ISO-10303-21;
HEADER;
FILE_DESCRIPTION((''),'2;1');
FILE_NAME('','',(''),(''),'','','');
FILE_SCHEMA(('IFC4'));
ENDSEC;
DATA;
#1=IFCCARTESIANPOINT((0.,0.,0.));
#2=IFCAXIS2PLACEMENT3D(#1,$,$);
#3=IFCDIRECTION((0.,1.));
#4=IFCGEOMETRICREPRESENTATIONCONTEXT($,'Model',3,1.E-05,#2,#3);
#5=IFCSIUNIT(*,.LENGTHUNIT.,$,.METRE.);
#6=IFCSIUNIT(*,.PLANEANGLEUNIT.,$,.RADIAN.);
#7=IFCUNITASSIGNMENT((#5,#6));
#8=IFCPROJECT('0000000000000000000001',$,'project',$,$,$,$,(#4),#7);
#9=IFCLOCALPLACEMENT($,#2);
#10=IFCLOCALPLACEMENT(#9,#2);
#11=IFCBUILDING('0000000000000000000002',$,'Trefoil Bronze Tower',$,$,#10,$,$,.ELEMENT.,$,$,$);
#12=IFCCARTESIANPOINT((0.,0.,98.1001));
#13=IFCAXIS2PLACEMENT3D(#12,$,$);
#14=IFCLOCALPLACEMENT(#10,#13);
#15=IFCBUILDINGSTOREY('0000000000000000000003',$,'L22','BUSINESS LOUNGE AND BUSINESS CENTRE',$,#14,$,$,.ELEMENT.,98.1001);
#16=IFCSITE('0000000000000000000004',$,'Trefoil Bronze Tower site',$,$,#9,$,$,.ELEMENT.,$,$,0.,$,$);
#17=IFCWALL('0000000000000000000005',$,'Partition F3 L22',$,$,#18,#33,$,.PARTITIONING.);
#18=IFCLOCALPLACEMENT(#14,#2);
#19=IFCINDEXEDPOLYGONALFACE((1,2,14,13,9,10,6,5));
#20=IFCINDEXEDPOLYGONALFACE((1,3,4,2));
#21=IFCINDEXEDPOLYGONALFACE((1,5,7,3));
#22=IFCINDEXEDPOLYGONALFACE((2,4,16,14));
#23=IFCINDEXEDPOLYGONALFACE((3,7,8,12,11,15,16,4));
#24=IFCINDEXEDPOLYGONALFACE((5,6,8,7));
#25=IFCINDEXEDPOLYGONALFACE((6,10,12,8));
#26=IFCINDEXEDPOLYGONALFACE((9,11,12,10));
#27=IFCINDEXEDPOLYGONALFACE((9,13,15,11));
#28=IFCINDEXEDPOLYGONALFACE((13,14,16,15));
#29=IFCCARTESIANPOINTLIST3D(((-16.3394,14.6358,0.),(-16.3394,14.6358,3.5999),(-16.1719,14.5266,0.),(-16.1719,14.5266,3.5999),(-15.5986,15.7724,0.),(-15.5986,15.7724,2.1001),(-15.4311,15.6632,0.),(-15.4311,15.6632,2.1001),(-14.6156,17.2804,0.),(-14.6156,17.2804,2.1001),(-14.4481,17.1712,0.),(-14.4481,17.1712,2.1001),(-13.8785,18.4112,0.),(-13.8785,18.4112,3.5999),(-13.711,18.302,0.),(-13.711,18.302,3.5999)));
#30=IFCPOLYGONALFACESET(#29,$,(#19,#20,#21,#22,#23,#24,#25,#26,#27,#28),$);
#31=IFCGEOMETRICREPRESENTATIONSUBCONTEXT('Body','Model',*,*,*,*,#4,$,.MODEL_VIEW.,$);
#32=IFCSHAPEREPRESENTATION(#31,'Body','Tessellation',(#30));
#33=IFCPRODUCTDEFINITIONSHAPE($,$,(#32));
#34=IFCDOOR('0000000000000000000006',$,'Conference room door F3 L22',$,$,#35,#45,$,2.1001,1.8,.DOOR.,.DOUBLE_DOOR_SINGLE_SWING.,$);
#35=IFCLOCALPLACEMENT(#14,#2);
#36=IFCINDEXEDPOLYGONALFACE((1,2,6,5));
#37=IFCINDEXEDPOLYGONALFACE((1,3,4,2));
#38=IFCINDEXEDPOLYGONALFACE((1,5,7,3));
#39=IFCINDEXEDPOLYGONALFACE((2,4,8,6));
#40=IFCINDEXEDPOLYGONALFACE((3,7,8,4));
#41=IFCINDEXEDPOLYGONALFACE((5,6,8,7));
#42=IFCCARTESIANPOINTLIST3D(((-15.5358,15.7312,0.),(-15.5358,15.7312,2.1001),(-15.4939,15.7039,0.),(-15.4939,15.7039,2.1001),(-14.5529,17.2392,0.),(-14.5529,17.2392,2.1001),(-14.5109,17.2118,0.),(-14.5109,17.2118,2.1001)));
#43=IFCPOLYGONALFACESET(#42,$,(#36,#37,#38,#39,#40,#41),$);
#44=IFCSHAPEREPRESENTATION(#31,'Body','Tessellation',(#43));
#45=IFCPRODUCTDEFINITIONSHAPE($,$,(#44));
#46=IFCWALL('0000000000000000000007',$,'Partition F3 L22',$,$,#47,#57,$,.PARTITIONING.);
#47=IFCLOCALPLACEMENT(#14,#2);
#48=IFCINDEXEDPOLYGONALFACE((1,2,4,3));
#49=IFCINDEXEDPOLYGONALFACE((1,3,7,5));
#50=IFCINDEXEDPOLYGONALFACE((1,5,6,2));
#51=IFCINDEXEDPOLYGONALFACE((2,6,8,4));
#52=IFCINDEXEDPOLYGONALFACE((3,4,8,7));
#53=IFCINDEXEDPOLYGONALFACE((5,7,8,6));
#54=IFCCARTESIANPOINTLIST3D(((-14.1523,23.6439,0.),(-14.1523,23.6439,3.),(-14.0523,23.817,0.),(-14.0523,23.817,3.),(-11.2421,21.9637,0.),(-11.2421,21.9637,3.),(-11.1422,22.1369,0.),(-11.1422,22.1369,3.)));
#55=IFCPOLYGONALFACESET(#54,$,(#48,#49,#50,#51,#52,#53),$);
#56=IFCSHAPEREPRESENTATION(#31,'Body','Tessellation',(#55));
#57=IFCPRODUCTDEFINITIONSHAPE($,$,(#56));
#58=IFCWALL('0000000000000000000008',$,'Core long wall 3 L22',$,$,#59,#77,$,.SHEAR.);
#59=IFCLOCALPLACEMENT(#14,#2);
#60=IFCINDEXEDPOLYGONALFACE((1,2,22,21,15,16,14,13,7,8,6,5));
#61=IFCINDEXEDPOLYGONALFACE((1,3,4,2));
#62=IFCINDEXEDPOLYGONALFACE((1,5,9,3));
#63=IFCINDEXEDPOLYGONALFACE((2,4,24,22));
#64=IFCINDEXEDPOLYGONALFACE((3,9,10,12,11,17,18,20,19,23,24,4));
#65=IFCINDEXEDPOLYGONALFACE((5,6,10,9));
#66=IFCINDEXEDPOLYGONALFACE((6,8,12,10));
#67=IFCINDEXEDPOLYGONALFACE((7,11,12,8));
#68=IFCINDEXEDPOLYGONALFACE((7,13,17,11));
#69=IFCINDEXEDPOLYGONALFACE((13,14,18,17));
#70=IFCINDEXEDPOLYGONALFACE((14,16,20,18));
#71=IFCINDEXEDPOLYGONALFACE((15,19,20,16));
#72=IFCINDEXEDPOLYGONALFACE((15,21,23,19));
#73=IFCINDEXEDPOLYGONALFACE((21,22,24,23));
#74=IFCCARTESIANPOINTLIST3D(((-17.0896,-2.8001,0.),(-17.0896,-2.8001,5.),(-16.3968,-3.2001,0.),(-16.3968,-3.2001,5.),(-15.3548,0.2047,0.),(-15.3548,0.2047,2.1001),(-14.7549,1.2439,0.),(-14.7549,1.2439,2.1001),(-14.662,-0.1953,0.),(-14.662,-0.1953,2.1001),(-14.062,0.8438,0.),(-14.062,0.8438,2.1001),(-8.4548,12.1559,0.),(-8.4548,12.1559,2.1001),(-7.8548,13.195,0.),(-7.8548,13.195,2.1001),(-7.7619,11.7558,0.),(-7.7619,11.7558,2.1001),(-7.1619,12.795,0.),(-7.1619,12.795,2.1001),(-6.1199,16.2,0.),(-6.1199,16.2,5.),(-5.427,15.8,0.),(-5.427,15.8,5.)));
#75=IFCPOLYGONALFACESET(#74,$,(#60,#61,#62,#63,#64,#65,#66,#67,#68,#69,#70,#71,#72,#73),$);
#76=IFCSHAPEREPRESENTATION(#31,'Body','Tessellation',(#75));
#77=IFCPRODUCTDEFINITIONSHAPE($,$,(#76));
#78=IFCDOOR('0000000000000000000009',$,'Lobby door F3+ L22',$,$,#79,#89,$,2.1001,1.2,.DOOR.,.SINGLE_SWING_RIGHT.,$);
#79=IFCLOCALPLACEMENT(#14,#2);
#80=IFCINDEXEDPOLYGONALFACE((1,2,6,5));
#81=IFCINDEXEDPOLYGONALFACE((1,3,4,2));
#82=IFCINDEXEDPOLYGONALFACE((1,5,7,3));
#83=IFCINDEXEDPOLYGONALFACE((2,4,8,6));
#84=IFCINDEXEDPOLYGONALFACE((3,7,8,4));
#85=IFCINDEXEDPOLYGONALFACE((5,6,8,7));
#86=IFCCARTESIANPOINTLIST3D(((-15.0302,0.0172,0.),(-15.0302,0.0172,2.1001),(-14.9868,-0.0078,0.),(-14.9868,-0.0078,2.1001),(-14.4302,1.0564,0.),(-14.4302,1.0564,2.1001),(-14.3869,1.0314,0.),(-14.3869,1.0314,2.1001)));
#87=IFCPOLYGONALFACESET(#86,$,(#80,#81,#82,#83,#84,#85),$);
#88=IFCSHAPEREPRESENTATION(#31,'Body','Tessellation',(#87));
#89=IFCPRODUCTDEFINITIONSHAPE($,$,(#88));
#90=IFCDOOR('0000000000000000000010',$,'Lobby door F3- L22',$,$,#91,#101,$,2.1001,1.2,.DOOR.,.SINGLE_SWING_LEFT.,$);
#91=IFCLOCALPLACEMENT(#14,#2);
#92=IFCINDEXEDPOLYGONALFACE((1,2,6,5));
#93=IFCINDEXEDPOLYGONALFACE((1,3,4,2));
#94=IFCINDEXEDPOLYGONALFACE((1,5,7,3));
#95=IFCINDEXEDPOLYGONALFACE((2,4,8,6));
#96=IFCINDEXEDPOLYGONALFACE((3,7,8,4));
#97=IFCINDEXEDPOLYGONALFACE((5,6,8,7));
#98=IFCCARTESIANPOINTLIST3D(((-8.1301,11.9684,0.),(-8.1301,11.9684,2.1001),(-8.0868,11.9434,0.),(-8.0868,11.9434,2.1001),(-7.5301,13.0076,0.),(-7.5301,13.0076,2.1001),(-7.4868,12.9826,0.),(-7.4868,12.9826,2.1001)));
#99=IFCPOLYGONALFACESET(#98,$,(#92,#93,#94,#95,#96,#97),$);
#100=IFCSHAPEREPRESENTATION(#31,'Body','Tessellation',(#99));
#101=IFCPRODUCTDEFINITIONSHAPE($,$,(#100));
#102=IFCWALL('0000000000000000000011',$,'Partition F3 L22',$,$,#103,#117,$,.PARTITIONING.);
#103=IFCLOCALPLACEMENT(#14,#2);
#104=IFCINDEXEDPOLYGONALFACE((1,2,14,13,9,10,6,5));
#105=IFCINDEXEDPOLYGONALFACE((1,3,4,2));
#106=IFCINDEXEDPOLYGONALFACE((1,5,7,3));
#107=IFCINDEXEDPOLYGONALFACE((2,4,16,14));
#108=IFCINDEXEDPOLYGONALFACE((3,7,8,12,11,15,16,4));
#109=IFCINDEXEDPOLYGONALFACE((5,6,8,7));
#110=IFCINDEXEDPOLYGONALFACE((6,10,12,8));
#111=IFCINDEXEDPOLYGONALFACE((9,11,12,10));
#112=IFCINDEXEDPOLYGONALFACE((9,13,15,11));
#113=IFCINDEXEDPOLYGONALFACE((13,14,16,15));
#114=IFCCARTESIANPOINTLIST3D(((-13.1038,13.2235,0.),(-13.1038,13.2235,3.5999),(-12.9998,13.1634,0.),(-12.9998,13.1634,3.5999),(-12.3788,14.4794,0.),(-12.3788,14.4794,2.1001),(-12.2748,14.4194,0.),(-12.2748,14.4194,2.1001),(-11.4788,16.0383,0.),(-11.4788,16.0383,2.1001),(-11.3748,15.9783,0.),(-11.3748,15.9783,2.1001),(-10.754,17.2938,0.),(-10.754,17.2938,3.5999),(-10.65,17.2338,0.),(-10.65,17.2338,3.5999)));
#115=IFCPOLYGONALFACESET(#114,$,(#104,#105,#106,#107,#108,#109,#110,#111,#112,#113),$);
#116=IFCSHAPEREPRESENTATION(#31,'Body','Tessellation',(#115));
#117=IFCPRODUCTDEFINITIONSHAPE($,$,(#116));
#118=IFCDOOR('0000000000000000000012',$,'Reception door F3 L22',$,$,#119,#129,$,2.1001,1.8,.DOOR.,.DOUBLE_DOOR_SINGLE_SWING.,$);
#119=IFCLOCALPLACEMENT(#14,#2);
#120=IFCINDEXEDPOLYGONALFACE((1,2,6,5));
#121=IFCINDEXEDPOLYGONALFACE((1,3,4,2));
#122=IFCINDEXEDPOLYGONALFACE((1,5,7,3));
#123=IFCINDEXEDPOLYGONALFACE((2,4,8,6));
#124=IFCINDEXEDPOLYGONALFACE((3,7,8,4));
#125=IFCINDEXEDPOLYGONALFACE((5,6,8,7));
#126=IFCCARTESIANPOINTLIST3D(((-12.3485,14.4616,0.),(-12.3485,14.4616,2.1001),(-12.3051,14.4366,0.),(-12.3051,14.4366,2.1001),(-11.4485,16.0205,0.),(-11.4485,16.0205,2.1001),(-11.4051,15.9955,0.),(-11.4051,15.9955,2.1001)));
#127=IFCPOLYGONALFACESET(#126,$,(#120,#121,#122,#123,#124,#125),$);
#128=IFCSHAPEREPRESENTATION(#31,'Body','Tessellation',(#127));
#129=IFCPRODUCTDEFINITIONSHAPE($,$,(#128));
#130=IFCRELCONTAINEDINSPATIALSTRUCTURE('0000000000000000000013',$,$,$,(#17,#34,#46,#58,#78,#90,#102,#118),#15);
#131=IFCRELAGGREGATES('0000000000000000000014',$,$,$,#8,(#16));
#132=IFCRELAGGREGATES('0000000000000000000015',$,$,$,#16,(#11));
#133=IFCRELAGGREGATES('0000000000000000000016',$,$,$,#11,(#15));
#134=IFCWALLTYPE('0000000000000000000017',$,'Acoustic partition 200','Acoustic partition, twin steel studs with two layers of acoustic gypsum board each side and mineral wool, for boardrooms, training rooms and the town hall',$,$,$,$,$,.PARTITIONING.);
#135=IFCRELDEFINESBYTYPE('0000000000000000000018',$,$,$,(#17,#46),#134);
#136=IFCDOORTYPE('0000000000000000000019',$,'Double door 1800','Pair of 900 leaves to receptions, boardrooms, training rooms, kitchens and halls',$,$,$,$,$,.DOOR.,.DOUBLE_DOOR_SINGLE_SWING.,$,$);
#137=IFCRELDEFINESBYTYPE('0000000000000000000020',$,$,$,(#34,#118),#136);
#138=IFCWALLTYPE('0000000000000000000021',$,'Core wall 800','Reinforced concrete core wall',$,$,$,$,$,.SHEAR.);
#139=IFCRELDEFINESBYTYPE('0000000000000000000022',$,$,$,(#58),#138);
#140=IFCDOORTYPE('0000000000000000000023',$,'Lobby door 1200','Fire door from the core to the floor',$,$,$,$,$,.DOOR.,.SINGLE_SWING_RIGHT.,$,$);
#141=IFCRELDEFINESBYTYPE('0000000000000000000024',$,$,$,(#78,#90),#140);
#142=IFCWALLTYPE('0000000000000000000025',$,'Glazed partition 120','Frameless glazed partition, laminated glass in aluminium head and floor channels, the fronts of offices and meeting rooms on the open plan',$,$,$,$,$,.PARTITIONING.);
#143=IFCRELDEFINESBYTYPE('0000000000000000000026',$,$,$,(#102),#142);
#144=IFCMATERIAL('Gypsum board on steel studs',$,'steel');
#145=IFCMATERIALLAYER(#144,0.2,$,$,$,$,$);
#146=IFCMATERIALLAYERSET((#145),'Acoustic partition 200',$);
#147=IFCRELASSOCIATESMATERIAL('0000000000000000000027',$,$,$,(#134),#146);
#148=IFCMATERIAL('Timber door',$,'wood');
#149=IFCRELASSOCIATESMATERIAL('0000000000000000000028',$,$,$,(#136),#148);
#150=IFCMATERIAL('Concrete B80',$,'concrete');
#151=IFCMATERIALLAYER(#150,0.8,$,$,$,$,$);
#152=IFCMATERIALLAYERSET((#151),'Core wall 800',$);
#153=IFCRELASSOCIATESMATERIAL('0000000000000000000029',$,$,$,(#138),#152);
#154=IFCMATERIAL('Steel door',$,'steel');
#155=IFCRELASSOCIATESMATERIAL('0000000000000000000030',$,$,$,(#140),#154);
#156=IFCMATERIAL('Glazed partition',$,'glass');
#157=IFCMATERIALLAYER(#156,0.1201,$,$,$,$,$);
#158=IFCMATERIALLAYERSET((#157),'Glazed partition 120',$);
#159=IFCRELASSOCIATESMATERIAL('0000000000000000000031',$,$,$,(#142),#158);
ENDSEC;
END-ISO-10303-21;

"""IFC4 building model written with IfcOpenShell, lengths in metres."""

from ifc_helpers import new_model, si_unit, direction, frame, frame_2d, origin, place, context, subcontext, project, spatial, rectangle, extrude, material, layer, layer_set, type_object, element, fill, save


model = new_model("IFC4")

# Units and contexts
model_context = context("Model", 3, precision=1e-05, world=origin(), true_north=direction((0.0, 1.0)))
body_context = subcontext(model_context, "Body", "Model", "MODEL_VIEW")
ifc_project = project(units=[si_unit("LENGTHUNIT", "METRE"), si_unit("PLANEANGLEUNIT", "RADIAN")], contexts=[model_context])

# Site, building, storey
site_placement = place(None, origin())
site = spatial("IfcSite", under=ifc_project, at=site_placement, Name="Trefoil Bronze Tower site", CompositionType="ELEMENT", RefElevation=0.0)
building_placement = place(site_placement, origin())
building = spatial("IfcBuilding", under=site, at=building_placement, Name="Trefoil Bronze Tower", CompositionType="ELEMENT")
storey_placement = place(building_placement, frame((0.0, 0.0, 98.1001)))
storey = spatial("IfcBuildingStorey", under=building, at=storey_placement, Name="L22", Description="BUSINESS LOUNGE AND BUSINESS CENTRE", CompositionType="ELEMENT", Elevation=98.1001)

# Shared definitions
ifc_material_1 = material(Name="Gypsum board on steel studs", Category="steel")
ifc_layer_1 = layer(ifc_material_1, 0.2)
ifc_layer_set_1 = layer_set([ifc_layer_1], Name="Acoustic partition 200")
wall_type_1 = type_object("IfcWallType", Name="Acoustic partition 200", Description="Acoustic partition, twin steel studs with two layers of acoustic gypsum board each side and mineral wool, for boardrooms, training rooms and the town hall", PredefinedType="PARTITIONING", material=ifc_layer_set_1)

# Wall, opening, door
ifc_material_2 = material(Name="Timber door", Category="wood")
door_type_1 = type_object("IfcDoorType", Name="Double door 1800", Description="Pair of 900 leaves to receptions, boardrooms, training rooms, kitchens and halls", OperationType="DOUBLE_DOOR_SINGLE_SWING", PredefinedType="DOOR", material=ifc_material_2)
wall_1_placement = place(storey_placement, frame((-13.7947, 18.3567, 0.0), z_axis=(0.0, 0.0, 1.0), x_axis=(-0.546069, -0.83774, 0.0)))
wall_1 = element("IfcWall", 1, at=wall_1_placement, inside=storey, type_object=wall_type_1, Name="Partition F3 L22", PredefinedType="PARTITIONING", context=body_context, shape_type="SweptSolid", body=[
    extrude(rectangle(XDim=4.5066, YDim=0.2, at=frame_2d((2.2534, 0.0))), origin(), (0.0, 0.0, 1.0), 3.5999),
])
opening_1_placement = place(wall_1_placement, frame((1.3501, 0.0, 0.0)))
opening_1 = element("IfcOpeningElement", 2, at=opening_1_placement, cuts=wall_1, PredefinedType="OPENING", context=body_context, shape_type="SweptSolid", body=[
    extrude(rectangle(XDim=1.8, YDim=2.1001, at=frame_2d((0.8999, 1.05))), frame((0.0, 0.1099, 0.0), z_axis=(0.0, -1.0, 0.0), x_axis=(1.0, 0.0, 0.0)), (0.0, 0.0, 1.0), 0.22),
])
door_1_placement = place(opening_1_placement, frame((1.8, 0.0, 0.0), z_axis=(0.0, 0.0, 1.0), x_axis=(-1.0, 0.0, 0.0)))
door_1 = element("IfcDoor", 3, at=door_1_placement, inside=storey, type_object=door_type_1, Name="Conference room door F3 L22", OperationType="DOUBLE_DOOR_SINGLE_SWING", OverallHeight=2.1001, OverallWidth=1.8, PredefinedType="DOOR", context=body_context, shape_type="SweptSolid", body=[
    extrude(rectangle(XDim=1.8, YDim=2.1001, at=frame_2d((0.8999, 1.05))), frame((0.0, 0.0249, 0.0), z_axis=(0.0, -1.0, 0.0), x_axis=(1.0, 0.0, 0.0)), (0.0, 0.0, 1.0), 0.05),
])
fill(opening_1, door_1)

# Wall
wall_2_placement = place(storey_placement, frame((-11.1921, 22.0503, 0.0), z_axis=(0.0, 0.0, 1.0), x_axis=(-0.866026, 0.499999, 0.0)))
element("IfcWall", 4, at=wall_2_placement, inside=storey, type_object=wall_type_1, Name="Partition F3 L22", PredefinedType="PARTITIONING", context=body_context, shape_type="SweptSolid", body=[
    extrude(rectangle(XDim=3.3604, YDim=0.2, at=frame_2d((1.6802, 0.0))), origin(), (0.0, 0.0, 1.0), 3.0),
])

# Wall, openings, doors
ifc_material_3 = material(Name="Concrete B80", Category="concrete")
ifc_layer_2 = layer(ifc_material_3, 0.8)
ifc_layer_set_2 = layer_set([ifc_layer_2], Name="Core wall 800")
wall_type_2 = type_object("IfcWallType", Name="Core wall 800", Description="Reinforced concrete core wall", PredefinedType="SHEAR", material=ifc_layer_set_2)
wall_3_placement = place(storey_placement, frame((-5.7734, 16.0, 0.0), z_axis=(0.0, 0.0, 1.0), x_axis=(-0.500002, -0.866024, 0.0)))
wall_3 = element("IfcWall", 5, at=wall_3_placement, inside=storey, type_object=wall_type_2, Name="Core long wall 3 L22", PredefinedType="SHEAR", context=body_context, shape_type="SweptSolid", body=[
    extrude(rectangle(XDim=21.9395, YDim=0.8, at=frame_2d((10.9697, 0.0))), origin(), (0.0, 0.0, 1.0), 5.0),
])
opening_2_placement = place(wall_3_placement, frame((17.2698, 0.0, 0.0)))
opening_2 = element("IfcOpeningElement", 6, at=opening_2_placement, cuts=wall_3, PredefinedType="OPENING", context=body_context, shape_type="SweptSolid", body=[
    extrude(rectangle(XDim=1.2, YDim=2.1001, at=frame_2d((0.6001, 1.05))), frame((0.0, 0.4099, 0.0), z_axis=(0.0, -1.0, 0.0), x_axis=(1.0, 0.0, 0.0)), (0.0, 0.0, 1.0), 0.8201),
])
opening_3_placement = place(wall_3_placement, frame((3.4697, 0.0, 0.0)))
opening_3 = element("IfcOpeningElement", 7, at=opening_3_placement, cuts=wall_3, PredefinedType="OPENING", context=body_context, shape_type="SweptSolid", body=[
    extrude(rectangle(XDim=1.2, YDim=2.1001, at=frame_2d((0.6001, 1.05))), frame((0.0, 0.4099, 0.0), z_axis=(0.0, -1.0, 0.0), x_axis=(1.0, 0.0, 0.0)), (0.0, 0.0, 1.0), 0.8201),
])
ifc_material_4 = material(Name="Steel door", Category="steel")
door_type_2 = type_object("IfcDoorType", Name="Lobby door 1200", Description="Fire door from the core to the floor", OperationType="SINGLE_SWING_RIGHT", PredefinedType="DOOR", material=ifc_material_4)
door_2_placement = place(opening_2_placement, origin())
door_2 = element("IfcDoor", 8, at=door_2_placement, inside=storey, type_object=door_type_2, Name="Lobby door F3+ L22", OperationType="SINGLE_SWING_RIGHT", OverallHeight=2.1001, OverallWidth=1.2, PredefinedType="DOOR", context=body_context, shape_type="SweptSolid", body=[
    extrude(rectangle(XDim=1.2, YDim=2.1001, at=frame_2d((0.6001, 1.05))), frame((0.0, 0.0249, 0.0), z_axis=(0.0, -1.0, 0.0), x_axis=(1.0, 0.0, 0.0)), (0.0, 0.0, 1.0), 0.05),
])
fill(opening_2, door_2)
door_3_placement = place(opening_3_placement, origin())
door_3 = element("IfcDoor", 9, at=door_3_placement, inside=storey, type_object=door_type_2, Name="Lobby door F3- L22", OperationType="SINGLE_SWING_LEFT", OverallHeight=2.1001, OverallWidth=1.2, PredefinedType="DOOR", context=body_context, shape_type="SweptSolid", body=[
    extrude(rectangle(XDim=1.2, YDim=2.1001, at=frame_2d((0.6001, 1.05))), frame((0.0, 0.0249, 0.0), z_axis=(0.0, -1.0, 0.0), x_axis=(1.0, 0.0, 0.0)), (0.0, 0.0, 1.0), 0.05),
])
fill(opening_3, door_3)

# Wall, opening, door
ifc_material_5 = material(Name="Glazed partition", Category="glass")
ifc_layer_3 = layer(ifc_material_5, 0.1201)
ifc_layer_set_3 = layer_set([ifc_layer_3], Name="Glazed partition 120")
wall_type_3 = type_object("IfcWallType", Name="Glazed partition 120", Description="Frameless glazed partition, laminated glass in aluminium head and floor channels, the fronts of offices and meeting rooms on the open plan", PredefinedType="PARTITIONING", material=ifc_layer_set_3)
wall_4_placement = place(storey_placement, frame((-10.7019, 17.2639, 0.0), z_axis=(0.0, 0.0, 1.0), x_axis=(-0.499977, -0.866039, 0.0)))
wall_4 = element("IfcWall", 10, at=wall_4_placement, inside=storey, type_object=wall_type_3, Name="Partition F3 L22", PredefinedType="PARTITIONING", context=body_context, shape_type="SweptSolid", body=[
    extrude(rectangle(XDim=4.7, YDim=0.1201, at=frame_2d((2.3501, 0.0))), origin(), (0.0, 0.0, 1.0), 3.5999),
])
opening_4_placement = place(wall_4_placement, frame((1.45, 0.0, 0.0)))
opening_4 = element("IfcOpeningElement", 11, at=opening_4_placement, cuts=wall_4, PredefinedType="OPENING", context=body_context, shape_type="SweptSolid", body=[
    extrude(rectangle(XDim=1.8, YDim=2.1001, at=frame_2d((0.8999, 1.05))), frame((0.0, 0.0701, 0.0), z_axis=(0.0, -1.0, 0.0), x_axis=(1.0, 0.0, 0.0)), (0.0, 0.0, 1.0), 0.1401),
])
door_4_placement = place(opening_4_placement, frame((1.8, 0.0, 0.0), z_axis=(0.0, 0.0, 1.0), x_axis=(-1.0, 0.0, 0.0)))
door_4 = element("IfcDoor", 12, at=door_4_placement, inside=storey, type_object=door_type_1, Name="Reception door F3 L22", OperationType="DOUBLE_DOOR_SINGLE_SWING", OverallHeight=2.1001, OverallWidth=1.8, PredefinedType="DOOR", context=body_context, shape_type="SweptSolid", body=[
    extrude(rectangle(XDim=1.8, YDim=2.1001, at=frame_2d((0.8999, 1.05))), frame((0.0, 0.0249, 0.0), z_axis=(0.0, -1.0, 0.0), x_axis=(1.0, 0.0, 0.0)), (0.0, 0.0, 1.0), 0.05),
])
fill(opening_4, door_4)

save(model, "model.ifc")
